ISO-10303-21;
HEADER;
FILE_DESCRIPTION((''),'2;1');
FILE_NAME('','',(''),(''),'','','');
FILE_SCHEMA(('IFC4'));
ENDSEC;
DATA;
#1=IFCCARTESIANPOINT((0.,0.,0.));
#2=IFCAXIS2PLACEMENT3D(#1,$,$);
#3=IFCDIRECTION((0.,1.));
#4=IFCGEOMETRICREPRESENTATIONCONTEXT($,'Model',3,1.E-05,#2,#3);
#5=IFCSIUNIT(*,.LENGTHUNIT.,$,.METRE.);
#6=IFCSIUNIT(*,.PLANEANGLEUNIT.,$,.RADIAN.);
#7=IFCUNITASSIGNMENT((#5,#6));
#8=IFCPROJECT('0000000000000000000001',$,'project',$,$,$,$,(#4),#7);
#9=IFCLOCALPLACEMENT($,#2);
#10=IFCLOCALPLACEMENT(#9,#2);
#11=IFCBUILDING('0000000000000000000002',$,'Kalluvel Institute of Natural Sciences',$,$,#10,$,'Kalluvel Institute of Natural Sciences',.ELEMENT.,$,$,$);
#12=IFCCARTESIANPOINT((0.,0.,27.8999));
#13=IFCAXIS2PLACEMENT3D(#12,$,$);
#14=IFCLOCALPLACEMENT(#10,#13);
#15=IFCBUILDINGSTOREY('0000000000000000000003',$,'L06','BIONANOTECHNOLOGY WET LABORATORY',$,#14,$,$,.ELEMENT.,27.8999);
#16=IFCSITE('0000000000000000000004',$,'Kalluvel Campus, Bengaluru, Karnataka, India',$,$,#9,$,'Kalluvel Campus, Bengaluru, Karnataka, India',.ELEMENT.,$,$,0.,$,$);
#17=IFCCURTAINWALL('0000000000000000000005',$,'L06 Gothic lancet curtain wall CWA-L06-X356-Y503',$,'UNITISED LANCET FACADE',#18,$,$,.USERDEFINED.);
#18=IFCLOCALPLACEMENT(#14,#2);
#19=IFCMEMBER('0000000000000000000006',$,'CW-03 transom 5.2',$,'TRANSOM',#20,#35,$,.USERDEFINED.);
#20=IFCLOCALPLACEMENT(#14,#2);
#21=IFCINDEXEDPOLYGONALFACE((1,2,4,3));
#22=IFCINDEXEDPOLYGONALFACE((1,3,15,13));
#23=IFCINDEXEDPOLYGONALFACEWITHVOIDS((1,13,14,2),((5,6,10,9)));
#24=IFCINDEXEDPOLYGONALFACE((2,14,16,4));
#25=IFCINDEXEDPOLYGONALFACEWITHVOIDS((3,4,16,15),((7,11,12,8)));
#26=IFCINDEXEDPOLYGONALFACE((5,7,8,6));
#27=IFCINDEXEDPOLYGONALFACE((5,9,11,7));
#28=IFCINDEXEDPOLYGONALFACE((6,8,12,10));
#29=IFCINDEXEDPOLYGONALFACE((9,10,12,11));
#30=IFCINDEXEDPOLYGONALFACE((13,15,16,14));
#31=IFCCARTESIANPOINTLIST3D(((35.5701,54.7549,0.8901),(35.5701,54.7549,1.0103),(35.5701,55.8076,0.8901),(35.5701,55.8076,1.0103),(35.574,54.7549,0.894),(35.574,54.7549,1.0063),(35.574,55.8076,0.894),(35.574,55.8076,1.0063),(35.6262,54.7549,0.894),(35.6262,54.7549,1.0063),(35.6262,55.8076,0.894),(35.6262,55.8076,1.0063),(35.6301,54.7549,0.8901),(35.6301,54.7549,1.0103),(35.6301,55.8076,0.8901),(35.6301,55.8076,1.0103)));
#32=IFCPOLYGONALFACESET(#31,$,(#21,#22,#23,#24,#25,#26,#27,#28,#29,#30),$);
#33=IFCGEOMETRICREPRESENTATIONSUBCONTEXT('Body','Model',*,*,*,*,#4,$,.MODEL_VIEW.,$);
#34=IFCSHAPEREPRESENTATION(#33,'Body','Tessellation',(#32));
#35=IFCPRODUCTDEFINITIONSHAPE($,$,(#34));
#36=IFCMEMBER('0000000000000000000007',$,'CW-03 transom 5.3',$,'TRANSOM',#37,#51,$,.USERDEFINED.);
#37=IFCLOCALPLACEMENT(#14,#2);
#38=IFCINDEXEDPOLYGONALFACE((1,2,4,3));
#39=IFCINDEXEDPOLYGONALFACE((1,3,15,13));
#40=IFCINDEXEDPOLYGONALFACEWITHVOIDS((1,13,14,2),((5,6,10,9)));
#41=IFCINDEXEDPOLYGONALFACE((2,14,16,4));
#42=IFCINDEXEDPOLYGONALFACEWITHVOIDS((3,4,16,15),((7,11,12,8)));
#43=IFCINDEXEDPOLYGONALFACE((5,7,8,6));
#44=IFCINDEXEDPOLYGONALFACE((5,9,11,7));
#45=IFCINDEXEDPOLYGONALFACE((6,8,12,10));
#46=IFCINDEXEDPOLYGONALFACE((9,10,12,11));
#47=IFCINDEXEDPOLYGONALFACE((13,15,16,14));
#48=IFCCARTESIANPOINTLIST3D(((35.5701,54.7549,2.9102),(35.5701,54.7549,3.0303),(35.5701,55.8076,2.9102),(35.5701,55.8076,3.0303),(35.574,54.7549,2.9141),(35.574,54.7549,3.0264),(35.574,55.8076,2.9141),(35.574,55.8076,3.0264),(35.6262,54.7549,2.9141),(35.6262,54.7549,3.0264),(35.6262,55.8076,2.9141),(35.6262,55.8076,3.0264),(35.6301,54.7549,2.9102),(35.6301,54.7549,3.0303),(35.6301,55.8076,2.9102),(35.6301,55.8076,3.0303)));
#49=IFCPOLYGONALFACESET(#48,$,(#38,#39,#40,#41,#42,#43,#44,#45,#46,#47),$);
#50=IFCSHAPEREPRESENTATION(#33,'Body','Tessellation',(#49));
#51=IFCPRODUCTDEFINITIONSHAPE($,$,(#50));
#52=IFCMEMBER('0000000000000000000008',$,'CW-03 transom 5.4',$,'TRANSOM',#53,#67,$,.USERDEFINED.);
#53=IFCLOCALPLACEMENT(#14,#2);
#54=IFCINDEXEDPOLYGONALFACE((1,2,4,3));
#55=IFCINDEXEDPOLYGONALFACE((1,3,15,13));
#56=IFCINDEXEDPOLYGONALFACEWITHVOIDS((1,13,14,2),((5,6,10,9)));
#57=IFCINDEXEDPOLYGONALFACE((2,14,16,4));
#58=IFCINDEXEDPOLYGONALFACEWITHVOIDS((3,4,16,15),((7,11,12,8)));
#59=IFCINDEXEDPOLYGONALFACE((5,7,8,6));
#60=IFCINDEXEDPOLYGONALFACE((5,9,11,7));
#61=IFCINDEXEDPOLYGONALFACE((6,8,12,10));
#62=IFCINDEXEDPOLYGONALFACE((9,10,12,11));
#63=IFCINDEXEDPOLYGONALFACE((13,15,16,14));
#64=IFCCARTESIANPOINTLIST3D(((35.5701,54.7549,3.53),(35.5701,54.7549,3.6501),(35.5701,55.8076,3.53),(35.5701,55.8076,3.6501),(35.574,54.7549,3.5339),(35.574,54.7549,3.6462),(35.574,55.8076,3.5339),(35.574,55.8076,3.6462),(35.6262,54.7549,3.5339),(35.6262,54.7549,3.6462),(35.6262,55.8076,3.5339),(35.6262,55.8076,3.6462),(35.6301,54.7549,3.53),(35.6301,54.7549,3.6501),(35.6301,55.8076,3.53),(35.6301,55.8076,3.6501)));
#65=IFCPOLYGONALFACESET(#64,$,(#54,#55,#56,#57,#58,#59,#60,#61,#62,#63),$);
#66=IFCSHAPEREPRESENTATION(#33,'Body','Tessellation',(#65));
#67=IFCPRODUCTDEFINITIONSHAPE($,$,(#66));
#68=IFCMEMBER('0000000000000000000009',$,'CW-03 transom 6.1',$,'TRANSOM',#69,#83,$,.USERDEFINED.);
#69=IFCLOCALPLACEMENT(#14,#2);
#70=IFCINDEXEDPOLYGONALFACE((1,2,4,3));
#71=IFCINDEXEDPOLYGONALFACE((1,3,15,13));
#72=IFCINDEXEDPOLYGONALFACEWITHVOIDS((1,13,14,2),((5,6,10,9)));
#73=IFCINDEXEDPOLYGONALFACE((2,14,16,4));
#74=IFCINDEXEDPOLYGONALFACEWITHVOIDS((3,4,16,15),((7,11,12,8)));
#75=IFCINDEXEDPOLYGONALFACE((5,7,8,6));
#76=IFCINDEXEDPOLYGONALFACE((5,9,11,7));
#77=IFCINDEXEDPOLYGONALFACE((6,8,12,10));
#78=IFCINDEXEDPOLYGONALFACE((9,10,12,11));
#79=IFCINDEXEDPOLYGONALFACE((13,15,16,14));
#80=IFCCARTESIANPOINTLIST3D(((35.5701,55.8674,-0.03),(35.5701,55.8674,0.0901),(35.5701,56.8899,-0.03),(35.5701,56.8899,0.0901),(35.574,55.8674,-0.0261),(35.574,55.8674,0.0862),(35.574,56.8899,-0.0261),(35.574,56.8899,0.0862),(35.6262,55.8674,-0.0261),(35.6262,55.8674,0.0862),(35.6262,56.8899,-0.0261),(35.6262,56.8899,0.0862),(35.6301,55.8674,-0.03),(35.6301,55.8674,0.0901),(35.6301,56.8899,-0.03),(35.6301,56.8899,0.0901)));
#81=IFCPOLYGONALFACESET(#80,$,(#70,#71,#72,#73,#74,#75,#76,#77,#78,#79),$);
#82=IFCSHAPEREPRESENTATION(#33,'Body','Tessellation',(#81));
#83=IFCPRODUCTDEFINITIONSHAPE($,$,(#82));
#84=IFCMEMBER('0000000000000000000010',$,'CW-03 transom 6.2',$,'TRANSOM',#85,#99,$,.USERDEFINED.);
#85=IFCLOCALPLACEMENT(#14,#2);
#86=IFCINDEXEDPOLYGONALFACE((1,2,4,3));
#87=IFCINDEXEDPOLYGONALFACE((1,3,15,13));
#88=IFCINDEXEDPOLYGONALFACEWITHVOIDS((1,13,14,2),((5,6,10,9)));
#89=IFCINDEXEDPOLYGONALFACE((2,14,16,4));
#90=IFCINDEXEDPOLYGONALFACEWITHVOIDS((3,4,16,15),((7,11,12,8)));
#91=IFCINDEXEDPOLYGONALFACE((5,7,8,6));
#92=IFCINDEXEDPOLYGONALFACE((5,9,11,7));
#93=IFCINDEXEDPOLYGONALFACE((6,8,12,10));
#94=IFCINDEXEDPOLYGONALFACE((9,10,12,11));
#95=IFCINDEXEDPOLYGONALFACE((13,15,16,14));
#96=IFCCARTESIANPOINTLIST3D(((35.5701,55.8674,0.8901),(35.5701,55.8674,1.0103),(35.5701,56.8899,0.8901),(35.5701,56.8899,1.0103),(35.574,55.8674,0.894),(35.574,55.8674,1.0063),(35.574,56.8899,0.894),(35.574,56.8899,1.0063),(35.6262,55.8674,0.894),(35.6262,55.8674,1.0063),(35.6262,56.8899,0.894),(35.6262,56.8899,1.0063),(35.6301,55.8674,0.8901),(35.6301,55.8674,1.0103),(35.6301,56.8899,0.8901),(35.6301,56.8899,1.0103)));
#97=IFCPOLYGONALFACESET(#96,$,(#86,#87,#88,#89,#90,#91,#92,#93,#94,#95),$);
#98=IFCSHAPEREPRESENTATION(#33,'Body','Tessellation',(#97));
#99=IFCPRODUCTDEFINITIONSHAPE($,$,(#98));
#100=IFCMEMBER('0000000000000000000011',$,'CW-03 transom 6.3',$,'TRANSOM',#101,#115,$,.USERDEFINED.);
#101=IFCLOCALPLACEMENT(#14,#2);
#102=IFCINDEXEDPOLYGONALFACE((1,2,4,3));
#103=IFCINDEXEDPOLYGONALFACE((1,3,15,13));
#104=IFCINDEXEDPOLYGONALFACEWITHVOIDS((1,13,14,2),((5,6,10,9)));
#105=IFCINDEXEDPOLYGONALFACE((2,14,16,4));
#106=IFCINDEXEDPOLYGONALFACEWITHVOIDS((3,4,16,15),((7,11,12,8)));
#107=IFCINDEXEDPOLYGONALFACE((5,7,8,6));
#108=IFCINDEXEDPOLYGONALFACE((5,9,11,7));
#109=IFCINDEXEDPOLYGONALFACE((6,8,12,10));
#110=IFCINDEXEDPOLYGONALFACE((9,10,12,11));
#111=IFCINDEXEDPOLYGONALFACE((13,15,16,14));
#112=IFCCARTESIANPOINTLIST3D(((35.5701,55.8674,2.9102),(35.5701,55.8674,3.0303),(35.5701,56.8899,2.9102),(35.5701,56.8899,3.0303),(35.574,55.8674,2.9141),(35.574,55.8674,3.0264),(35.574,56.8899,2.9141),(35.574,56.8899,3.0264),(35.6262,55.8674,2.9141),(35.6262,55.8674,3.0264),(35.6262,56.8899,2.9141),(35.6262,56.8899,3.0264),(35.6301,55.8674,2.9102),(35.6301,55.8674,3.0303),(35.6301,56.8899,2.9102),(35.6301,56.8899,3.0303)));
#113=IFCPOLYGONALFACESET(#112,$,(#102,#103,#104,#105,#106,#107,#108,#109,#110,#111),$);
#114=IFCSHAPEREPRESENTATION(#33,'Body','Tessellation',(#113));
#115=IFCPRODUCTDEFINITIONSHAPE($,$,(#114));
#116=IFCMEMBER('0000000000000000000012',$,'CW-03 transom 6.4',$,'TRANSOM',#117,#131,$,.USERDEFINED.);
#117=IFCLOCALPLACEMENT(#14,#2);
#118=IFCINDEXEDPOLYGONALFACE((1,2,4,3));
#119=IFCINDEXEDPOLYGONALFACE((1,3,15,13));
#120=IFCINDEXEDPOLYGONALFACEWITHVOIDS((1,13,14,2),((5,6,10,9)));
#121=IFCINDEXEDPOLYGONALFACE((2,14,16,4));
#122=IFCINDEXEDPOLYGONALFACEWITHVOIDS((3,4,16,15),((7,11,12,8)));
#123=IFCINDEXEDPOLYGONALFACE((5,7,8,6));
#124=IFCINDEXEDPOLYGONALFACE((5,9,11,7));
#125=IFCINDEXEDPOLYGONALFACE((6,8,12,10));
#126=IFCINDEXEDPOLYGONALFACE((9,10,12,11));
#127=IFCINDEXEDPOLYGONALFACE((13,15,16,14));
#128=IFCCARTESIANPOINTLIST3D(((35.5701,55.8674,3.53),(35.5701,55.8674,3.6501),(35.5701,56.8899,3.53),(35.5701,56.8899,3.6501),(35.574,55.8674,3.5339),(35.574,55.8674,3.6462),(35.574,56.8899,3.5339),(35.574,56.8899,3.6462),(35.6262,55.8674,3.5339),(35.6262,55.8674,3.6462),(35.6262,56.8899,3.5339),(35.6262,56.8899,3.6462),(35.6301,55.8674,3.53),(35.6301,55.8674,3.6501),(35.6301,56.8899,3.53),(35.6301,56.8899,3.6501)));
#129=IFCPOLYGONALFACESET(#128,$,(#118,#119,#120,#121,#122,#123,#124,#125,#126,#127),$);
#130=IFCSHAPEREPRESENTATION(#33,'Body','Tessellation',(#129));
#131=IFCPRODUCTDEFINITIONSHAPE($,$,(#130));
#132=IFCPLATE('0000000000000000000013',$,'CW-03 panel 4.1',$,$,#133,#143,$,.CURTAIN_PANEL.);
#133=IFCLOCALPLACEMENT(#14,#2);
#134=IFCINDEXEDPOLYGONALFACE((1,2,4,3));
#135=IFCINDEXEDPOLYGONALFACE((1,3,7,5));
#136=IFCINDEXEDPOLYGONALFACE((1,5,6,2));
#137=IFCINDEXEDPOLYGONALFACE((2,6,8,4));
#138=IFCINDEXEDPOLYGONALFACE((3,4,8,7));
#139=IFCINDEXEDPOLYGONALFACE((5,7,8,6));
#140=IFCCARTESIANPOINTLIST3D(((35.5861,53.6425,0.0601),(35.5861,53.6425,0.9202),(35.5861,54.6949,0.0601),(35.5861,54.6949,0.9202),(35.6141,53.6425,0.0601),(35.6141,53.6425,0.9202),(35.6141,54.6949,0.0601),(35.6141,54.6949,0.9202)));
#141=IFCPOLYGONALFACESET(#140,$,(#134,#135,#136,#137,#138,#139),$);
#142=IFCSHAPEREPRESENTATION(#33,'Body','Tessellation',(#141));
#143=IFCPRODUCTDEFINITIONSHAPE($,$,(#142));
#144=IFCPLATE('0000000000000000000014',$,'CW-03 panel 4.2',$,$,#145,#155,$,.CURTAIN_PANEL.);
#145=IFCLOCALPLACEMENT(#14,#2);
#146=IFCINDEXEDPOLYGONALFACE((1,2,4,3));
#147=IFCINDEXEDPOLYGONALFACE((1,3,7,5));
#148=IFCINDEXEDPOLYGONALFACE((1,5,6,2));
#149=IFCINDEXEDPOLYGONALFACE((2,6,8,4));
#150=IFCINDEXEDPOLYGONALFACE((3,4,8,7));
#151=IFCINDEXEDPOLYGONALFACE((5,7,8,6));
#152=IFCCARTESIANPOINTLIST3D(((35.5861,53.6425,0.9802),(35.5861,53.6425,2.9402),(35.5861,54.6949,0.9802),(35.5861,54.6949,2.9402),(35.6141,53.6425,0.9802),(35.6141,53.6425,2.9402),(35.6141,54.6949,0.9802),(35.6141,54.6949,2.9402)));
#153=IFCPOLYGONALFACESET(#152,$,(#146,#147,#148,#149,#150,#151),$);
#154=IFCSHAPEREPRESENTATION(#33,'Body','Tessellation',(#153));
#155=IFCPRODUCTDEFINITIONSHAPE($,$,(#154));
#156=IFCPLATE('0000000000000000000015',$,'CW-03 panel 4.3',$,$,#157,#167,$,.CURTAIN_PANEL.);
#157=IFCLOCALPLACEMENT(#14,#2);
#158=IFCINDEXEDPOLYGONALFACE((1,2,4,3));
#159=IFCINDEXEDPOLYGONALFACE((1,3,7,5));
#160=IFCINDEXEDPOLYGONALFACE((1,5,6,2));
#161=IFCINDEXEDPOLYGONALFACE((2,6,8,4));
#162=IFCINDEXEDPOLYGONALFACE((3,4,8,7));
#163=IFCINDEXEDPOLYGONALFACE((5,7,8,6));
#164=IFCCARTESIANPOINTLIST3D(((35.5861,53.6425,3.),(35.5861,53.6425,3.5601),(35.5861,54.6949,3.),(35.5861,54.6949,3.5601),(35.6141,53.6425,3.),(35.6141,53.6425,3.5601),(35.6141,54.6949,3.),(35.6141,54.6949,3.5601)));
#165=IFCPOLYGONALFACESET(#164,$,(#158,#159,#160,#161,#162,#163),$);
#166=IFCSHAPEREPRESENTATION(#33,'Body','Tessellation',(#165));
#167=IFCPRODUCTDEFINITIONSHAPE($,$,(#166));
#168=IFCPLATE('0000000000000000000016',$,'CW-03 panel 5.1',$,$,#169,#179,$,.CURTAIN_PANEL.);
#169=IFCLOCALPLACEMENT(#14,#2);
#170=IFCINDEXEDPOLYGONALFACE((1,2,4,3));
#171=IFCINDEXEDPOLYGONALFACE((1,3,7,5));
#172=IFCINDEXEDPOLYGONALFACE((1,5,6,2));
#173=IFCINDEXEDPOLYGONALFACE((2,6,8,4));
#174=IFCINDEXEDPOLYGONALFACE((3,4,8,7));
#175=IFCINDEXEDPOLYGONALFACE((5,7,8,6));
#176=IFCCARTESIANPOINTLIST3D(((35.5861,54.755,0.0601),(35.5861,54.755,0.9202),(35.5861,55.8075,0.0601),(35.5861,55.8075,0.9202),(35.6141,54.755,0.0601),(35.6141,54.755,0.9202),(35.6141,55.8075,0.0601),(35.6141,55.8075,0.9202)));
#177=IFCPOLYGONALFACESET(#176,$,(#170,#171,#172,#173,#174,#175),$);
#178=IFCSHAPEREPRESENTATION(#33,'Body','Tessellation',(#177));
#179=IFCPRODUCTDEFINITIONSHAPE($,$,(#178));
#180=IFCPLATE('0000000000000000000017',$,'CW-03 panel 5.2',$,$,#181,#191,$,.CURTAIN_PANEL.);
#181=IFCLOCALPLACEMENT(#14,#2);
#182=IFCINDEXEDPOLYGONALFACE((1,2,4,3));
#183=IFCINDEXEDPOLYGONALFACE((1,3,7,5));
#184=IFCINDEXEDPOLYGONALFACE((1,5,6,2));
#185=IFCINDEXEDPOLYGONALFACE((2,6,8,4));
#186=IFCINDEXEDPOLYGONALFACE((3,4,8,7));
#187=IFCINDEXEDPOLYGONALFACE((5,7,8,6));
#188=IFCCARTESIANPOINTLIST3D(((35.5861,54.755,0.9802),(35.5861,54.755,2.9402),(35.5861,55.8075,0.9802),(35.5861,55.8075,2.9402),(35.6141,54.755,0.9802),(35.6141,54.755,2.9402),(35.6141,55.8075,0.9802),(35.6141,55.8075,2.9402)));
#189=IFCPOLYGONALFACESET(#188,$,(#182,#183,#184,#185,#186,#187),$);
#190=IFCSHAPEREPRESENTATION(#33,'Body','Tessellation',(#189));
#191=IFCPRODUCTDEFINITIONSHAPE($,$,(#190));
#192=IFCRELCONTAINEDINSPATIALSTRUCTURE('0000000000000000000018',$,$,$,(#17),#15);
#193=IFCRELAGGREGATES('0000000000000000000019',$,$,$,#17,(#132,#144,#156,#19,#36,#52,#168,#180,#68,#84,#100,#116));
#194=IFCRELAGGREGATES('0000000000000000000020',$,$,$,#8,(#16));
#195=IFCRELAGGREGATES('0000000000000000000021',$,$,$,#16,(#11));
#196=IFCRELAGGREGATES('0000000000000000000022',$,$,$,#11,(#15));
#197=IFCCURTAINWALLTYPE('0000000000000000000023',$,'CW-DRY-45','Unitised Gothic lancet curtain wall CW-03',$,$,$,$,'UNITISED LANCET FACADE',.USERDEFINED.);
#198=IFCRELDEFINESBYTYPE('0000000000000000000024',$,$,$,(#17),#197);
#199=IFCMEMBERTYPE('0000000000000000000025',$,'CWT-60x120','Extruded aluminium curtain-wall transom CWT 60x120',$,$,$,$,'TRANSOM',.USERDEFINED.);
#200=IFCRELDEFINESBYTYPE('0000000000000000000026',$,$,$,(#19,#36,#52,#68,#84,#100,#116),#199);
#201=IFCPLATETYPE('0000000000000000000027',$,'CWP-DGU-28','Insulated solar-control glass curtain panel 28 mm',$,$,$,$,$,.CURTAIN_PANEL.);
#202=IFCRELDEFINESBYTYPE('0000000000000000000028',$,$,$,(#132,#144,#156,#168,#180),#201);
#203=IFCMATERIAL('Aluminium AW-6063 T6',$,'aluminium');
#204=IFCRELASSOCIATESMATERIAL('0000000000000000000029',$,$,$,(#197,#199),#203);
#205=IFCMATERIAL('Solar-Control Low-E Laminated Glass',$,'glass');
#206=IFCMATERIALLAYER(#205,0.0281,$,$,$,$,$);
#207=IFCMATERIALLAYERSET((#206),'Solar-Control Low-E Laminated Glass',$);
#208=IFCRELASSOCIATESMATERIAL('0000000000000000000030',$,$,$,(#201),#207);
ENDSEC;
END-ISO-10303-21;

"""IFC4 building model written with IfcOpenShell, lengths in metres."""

from ifc_helpers import new_model, si_unit, direction, frame, origin, origin_2d, place, context, subcontext, project, spatial, rectangle, hollow_rectangle, extrude, material, layer, layer_set, material_profile, profile_set, type_object, element, aggregate, save


model = new_model("IFC4")

# Units and contexts
model_context = context("Model", 3, precision=1e-05, world=origin(), true_north=direction((0.0, 1.0)))
body_context = subcontext(model_context, "Body", "Model", "MODEL_VIEW")
ifc_project = project(units=[si_unit("LENGTHUNIT", "METRE"), si_unit("PLANEANGLEUNIT", "RADIAN")], contexts=[model_context])

# Site, building, storey
site_placement = place(None, origin())
site = spatial("IfcSite", under=ifc_project, at=site_placement, Name="Kalluvel Campus, Bengaluru, Karnataka, India", LongName="Kalluvel Campus, Bengaluru, Karnataka, India", CompositionType="ELEMENT", RefElevation=0.0)
building_placement = place(site_placement, origin())
building = spatial("IfcBuilding", under=site, at=building_placement, Name="Kalluvel Institute of Natural Sciences", LongName="Kalluvel Institute of Natural Sciences", CompositionType="ELEMENT")
storey_placement = place(building_placement, frame((0.0, 0.0, 27.8999)))
storey = spatial("IfcBuildingStorey", under=building, at=storey_placement, Name="L06", Description="BIONANOTECHNOLOGY WET LABORATORY", CompositionType="ELEMENT", Elevation=27.8999)

# Curtain wall
ifc_material_1 = material(Name="Aluminium AW-6063 T6", Category="aluminium")
curtain_wall_type = type_object("IfcCurtainWallType", Name="CW-DRY-45", Description="Unitised Gothic lancet curtain wall CW-03", ElementType="UNITISED LANCET FACADE", PredefinedType="USERDEFINED", material=ifc_material_1)
curtain_wall_1_placement = place(storey_placement, origin())
curtain_wall_1 = element("IfcCurtainWall", 1, at=curtain_wall_1_placement, inside=storey, type_object=curtain_wall_type, Name="L06 Gothic lancet curtain wall CWA-L06-X356-Y503", ObjectType="UNITISED LANCET FACADE", PredefinedType="USERDEFINED")

# Members
ifc_material_profile_1 = material_profile(ifc_material_1, hollow_rectangle(XDim=0.0601, YDim=0.1201, WallThickness=0.0039, at=origin_2d()), Name="CWT 60x120")
ifc_profile_set_1 = profile_set([ifc_material_profile_1], Name="Aluminium AW-6063 T6")
member_type_1 = type_object("IfcMemberType", Name="CWT-60x120", Description="Extruded aluminium curtain-wall transom CWT 60x120", ElementType="TRANSOM", PredefinedType="USERDEFINED", material=ifc_profile_set_1)
member_1_placement = place(storey_placement, frame((35.6001, 54.7549, 0.9502), z_axis=(0.0, 1.0, 0.0), x_axis=(-1.0, 0.0, 0.0)))
member_1 = element("IfcMember", 2, at=member_1_placement, type_object=member_type_1, Name="CW-03 transom 5.2", ObjectType="TRANSOM", PredefinedType="USERDEFINED", context=body_context, shape_type="SweptSolid", body=[
    extrude(hollow_rectangle(XDim=0.0601, YDim=0.1201, WallThickness=0.0039, at=origin_2d()), origin(), (0.0, 0.0, 1.0), 1.0527),
])
member_2_placement = place(storey_placement, frame((35.6001, 54.7549, 2.9702), z_axis=(0.0, 1.0, 0.0), x_axis=(-1.0, 0.0, 0.0)))
member_2 = element("IfcMember", 3, at=member_2_placement, type_object=member_type_1, Name="CW-03 transom 5.3", ObjectType="TRANSOM", PredefinedType="USERDEFINED", context=body_context, shape_type="SweptSolid", body=[
    extrude(hollow_rectangle(XDim=0.0601, YDim=0.1201, WallThickness=0.0039, at=origin_2d()), origin(), (0.0, 0.0, 1.0), 1.0527),
])
member_3_placement = place(storey_placement, frame((35.6001, 54.7549, 3.5901), z_axis=(0.0, 1.0, 0.0), x_axis=(-1.0, 0.0, 0.0)))
member_3 = element("IfcMember", 4, at=member_3_placement, type_object=member_type_1, Name="CW-03 transom 5.4", ObjectType="TRANSOM", PredefinedType="USERDEFINED", context=body_context, shape_type="SweptSolid", body=[
    extrude(hollow_rectangle(XDim=0.0601, YDim=0.1201, WallThickness=0.0039, at=origin_2d()), origin(), (0.0, 0.0, 1.0), 1.0527),
])
member_4_placement = place(storey_placement, frame((35.6001, 55.8674, 0.03), z_axis=(0.0, 1.0, 0.0), x_axis=(-1.0, 0.0, 0.0)))
member_4 = element("IfcMember", 5, at=member_4_placement, type_object=member_type_1, Name="CW-03 transom 6.1", ObjectType="TRANSOM", PredefinedType="USERDEFINED", context=body_context, shape_type="SweptSolid", body=[
    extrude(hollow_rectangle(XDim=0.0601, YDim=0.1201, WallThickness=0.0039, at=origin_2d()), origin(), (0.0, 0.0, 1.0), 1.0225),
])
member_5_placement = place(storey_placement, frame((35.6001, 55.8674, 0.9502), z_axis=(0.0, 1.0, 0.0), x_axis=(-1.0, 0.0, 0.0)))
member_5 = element("IfcMember", 6, at=member_5_placement, type_object=member_type_1, Name="CW-03 transom 6.2", ObjectType="TRANSOM", PredefinedType="USERDEFINED", context=body_context, shape_type="SweptSolid", body=[
    extrude(hollow_rectangle(XDim=0.0601, YDim=0.1201, WallThickness=0.0039, at=origin_2d()), origin(), (0.0, 0.0, 1.0), 1.0225),
])
member_6_placement = place(storey_placement, frame((35.6001, 55.8674, 2.9702), z_axis=(0.0, 1.0, 0.0), x_axis=(-1.0, 0.0, 0.0)))
member_6 = element("IfcMember", 7, at=member_6_placement, type_object=member_type_1, Name="CW-03 transom 6.3", ObjectType="TRANSOM", PredefinedType="USERDEFINED", context=body_context, shape_type="SweptSolid", body=[
    extrude(hollow_rectangle(XDim=0.0601, YDim=0.1201, WallThickness=0.0039, at=origin_2d()), origin(), (0.0, 0.0, 1.0), 1.0225),
])
member_7_placement = place(storey_placement, frame((35.6001, 55.8674, 3.5901), z_axis=(0.0, 1.0, 0.0), x_axis=(-1.0, 0.0, 0.0)))
member_7 = element("IfcMember", 8, at=member_7_placement, type_object=member_type_1, Name="CW-03 transom 6.4", ObjectType="TRANSOM", PredefinedType="USERDEFINED", context=body_context, shape_type="SweptSolid", body=[
    extrude(hollow_rectangle(XDim=0.0601, YDim=0.1201, WallThickness=0.0039, at=origin_2d()), origin(), (0.0, 0.0, 1.0), 1.0225),
])

# Plates
ifc_material_2 = material(Name="Solar-Control Low-E Laminated Glass", Category="glass")
ifc_layer = layer(ifc_material_2, 0.0281)
ifc_layer_set = layer_set([ifc_layer], Name="Solar-Control Low-E Laminated Glass")
plate_type = type_object("IfcPlateType", Name="CWP-DGU-28", Description="Insulated solar-control glass curtain panel 28 mm", PredefinedType="CURTAIN_PANEL", material=ifc_layer_set)
plate_1_placement = place(storey_placement, frame((35.6001, 54.1687, 0.0601), z_axis=(0.0, 0.0, 1.0), x_axis=(0.0, 1.0, 0.0)))
plate_1 = element("IfcPlate", 9, at=plate_1_placement, type_object=plate_type, Name="CW-03 panel 4.1", PredefinedType="CURTAIN_PANEL", context=body_context, shape_type="SweptSolid", body=[
    extrude(rectangle(XDim=1.0525, YDim=0.0281, at=origin_2d()), origin(), (0.0, 0.0, 1.0), 0.8601),
])
plate_2_placement = place(storey_placement, frame((35.6001, 54.1687, 0.9802), z_axis=(0.0, 0.0, 1.0), x_axis=(0.0, 1.0, 0.0)))
plate_2 = element("IfcPlate", 10, at=plate_2_placement, type_object=plate_type, Name="CW-03 panel 4.2", PredefinedType="CURTAIN_PANEL", context=body_context, shape_type="SweptSolid", body=[
    extrude(rectangle(XDim=1.0525, YDim=0.0281, at=origin_2d()), origin(), (0.0, 0.0, 1.0), 1.96),
])
plate_3_placement = place(storey_placement, frame((35.6001, 54.1687, 3.0), z_axis=(0.0, 0.0, 1.0), x_axis=(0.0, 1.0, 0.0)))
plate_3 = element("IfcPlate", 11, at=plate_3_placement, type_object=plate_type, Name="CW-03 panel 4.3", PredefinedType="CURTAIN_PANEL", context=body_context, shape_type="SweptSolid", body=[
    extrude(rectangle(XDim=1.0525, YDim=0.0281, at=origin_2d()), origin(), (0.0, 0.0, 1.0), 0.5601),
])
plate_4_placement = place(storey_placement, frame((35.6001, 55.2812, 0.0601), z_axis=(0.0, 0.0, 1.0), x_axis=(0.0, 1.0, 0.0)))
plate_4 = element("IfcPlate", 12, at=plate_4_placement, type_object=plate_type, Name="CW-03 panel 5.1", PredefinedType="CURTAIN_PANEL", context=body_context, shape_type="SweptSolid", body=[
    extrude(rectangle(XDim=1.0525, YDim=0.0281, at=origin_2d()), origin(), (0.0, 0.0, 1.0), 0.8601),
])
plate_5_placement = place(storey_placement, frame((35.6001, 55.2812, 0.9802), z_axis=(0.0, 0.0, 1.0), x_axis=(0.0, 1.0, 0.0)))
plate_5 = element("IfcPlate", 13, at=plate_5_placement, type_object=plate_type, Name="CW-03 panel 5.2", PredefinedType="CURTAIN_PANEL", context=body_context, shape_type="SweptSolid", body=[
    extrude(rectangle(XDim=1.0525, YDim=0.0281, at=origin_2d()), origin(), (0.0, 0.0, 1.0), 1.96),
])
aggregate(curtain_wall_1, [plate_1, plate_2, plate_3, member_1, member_2, member_3, plate_4, plate_5, member_4, member_5, member_6, member_7])

save(model, "model.ifc")
